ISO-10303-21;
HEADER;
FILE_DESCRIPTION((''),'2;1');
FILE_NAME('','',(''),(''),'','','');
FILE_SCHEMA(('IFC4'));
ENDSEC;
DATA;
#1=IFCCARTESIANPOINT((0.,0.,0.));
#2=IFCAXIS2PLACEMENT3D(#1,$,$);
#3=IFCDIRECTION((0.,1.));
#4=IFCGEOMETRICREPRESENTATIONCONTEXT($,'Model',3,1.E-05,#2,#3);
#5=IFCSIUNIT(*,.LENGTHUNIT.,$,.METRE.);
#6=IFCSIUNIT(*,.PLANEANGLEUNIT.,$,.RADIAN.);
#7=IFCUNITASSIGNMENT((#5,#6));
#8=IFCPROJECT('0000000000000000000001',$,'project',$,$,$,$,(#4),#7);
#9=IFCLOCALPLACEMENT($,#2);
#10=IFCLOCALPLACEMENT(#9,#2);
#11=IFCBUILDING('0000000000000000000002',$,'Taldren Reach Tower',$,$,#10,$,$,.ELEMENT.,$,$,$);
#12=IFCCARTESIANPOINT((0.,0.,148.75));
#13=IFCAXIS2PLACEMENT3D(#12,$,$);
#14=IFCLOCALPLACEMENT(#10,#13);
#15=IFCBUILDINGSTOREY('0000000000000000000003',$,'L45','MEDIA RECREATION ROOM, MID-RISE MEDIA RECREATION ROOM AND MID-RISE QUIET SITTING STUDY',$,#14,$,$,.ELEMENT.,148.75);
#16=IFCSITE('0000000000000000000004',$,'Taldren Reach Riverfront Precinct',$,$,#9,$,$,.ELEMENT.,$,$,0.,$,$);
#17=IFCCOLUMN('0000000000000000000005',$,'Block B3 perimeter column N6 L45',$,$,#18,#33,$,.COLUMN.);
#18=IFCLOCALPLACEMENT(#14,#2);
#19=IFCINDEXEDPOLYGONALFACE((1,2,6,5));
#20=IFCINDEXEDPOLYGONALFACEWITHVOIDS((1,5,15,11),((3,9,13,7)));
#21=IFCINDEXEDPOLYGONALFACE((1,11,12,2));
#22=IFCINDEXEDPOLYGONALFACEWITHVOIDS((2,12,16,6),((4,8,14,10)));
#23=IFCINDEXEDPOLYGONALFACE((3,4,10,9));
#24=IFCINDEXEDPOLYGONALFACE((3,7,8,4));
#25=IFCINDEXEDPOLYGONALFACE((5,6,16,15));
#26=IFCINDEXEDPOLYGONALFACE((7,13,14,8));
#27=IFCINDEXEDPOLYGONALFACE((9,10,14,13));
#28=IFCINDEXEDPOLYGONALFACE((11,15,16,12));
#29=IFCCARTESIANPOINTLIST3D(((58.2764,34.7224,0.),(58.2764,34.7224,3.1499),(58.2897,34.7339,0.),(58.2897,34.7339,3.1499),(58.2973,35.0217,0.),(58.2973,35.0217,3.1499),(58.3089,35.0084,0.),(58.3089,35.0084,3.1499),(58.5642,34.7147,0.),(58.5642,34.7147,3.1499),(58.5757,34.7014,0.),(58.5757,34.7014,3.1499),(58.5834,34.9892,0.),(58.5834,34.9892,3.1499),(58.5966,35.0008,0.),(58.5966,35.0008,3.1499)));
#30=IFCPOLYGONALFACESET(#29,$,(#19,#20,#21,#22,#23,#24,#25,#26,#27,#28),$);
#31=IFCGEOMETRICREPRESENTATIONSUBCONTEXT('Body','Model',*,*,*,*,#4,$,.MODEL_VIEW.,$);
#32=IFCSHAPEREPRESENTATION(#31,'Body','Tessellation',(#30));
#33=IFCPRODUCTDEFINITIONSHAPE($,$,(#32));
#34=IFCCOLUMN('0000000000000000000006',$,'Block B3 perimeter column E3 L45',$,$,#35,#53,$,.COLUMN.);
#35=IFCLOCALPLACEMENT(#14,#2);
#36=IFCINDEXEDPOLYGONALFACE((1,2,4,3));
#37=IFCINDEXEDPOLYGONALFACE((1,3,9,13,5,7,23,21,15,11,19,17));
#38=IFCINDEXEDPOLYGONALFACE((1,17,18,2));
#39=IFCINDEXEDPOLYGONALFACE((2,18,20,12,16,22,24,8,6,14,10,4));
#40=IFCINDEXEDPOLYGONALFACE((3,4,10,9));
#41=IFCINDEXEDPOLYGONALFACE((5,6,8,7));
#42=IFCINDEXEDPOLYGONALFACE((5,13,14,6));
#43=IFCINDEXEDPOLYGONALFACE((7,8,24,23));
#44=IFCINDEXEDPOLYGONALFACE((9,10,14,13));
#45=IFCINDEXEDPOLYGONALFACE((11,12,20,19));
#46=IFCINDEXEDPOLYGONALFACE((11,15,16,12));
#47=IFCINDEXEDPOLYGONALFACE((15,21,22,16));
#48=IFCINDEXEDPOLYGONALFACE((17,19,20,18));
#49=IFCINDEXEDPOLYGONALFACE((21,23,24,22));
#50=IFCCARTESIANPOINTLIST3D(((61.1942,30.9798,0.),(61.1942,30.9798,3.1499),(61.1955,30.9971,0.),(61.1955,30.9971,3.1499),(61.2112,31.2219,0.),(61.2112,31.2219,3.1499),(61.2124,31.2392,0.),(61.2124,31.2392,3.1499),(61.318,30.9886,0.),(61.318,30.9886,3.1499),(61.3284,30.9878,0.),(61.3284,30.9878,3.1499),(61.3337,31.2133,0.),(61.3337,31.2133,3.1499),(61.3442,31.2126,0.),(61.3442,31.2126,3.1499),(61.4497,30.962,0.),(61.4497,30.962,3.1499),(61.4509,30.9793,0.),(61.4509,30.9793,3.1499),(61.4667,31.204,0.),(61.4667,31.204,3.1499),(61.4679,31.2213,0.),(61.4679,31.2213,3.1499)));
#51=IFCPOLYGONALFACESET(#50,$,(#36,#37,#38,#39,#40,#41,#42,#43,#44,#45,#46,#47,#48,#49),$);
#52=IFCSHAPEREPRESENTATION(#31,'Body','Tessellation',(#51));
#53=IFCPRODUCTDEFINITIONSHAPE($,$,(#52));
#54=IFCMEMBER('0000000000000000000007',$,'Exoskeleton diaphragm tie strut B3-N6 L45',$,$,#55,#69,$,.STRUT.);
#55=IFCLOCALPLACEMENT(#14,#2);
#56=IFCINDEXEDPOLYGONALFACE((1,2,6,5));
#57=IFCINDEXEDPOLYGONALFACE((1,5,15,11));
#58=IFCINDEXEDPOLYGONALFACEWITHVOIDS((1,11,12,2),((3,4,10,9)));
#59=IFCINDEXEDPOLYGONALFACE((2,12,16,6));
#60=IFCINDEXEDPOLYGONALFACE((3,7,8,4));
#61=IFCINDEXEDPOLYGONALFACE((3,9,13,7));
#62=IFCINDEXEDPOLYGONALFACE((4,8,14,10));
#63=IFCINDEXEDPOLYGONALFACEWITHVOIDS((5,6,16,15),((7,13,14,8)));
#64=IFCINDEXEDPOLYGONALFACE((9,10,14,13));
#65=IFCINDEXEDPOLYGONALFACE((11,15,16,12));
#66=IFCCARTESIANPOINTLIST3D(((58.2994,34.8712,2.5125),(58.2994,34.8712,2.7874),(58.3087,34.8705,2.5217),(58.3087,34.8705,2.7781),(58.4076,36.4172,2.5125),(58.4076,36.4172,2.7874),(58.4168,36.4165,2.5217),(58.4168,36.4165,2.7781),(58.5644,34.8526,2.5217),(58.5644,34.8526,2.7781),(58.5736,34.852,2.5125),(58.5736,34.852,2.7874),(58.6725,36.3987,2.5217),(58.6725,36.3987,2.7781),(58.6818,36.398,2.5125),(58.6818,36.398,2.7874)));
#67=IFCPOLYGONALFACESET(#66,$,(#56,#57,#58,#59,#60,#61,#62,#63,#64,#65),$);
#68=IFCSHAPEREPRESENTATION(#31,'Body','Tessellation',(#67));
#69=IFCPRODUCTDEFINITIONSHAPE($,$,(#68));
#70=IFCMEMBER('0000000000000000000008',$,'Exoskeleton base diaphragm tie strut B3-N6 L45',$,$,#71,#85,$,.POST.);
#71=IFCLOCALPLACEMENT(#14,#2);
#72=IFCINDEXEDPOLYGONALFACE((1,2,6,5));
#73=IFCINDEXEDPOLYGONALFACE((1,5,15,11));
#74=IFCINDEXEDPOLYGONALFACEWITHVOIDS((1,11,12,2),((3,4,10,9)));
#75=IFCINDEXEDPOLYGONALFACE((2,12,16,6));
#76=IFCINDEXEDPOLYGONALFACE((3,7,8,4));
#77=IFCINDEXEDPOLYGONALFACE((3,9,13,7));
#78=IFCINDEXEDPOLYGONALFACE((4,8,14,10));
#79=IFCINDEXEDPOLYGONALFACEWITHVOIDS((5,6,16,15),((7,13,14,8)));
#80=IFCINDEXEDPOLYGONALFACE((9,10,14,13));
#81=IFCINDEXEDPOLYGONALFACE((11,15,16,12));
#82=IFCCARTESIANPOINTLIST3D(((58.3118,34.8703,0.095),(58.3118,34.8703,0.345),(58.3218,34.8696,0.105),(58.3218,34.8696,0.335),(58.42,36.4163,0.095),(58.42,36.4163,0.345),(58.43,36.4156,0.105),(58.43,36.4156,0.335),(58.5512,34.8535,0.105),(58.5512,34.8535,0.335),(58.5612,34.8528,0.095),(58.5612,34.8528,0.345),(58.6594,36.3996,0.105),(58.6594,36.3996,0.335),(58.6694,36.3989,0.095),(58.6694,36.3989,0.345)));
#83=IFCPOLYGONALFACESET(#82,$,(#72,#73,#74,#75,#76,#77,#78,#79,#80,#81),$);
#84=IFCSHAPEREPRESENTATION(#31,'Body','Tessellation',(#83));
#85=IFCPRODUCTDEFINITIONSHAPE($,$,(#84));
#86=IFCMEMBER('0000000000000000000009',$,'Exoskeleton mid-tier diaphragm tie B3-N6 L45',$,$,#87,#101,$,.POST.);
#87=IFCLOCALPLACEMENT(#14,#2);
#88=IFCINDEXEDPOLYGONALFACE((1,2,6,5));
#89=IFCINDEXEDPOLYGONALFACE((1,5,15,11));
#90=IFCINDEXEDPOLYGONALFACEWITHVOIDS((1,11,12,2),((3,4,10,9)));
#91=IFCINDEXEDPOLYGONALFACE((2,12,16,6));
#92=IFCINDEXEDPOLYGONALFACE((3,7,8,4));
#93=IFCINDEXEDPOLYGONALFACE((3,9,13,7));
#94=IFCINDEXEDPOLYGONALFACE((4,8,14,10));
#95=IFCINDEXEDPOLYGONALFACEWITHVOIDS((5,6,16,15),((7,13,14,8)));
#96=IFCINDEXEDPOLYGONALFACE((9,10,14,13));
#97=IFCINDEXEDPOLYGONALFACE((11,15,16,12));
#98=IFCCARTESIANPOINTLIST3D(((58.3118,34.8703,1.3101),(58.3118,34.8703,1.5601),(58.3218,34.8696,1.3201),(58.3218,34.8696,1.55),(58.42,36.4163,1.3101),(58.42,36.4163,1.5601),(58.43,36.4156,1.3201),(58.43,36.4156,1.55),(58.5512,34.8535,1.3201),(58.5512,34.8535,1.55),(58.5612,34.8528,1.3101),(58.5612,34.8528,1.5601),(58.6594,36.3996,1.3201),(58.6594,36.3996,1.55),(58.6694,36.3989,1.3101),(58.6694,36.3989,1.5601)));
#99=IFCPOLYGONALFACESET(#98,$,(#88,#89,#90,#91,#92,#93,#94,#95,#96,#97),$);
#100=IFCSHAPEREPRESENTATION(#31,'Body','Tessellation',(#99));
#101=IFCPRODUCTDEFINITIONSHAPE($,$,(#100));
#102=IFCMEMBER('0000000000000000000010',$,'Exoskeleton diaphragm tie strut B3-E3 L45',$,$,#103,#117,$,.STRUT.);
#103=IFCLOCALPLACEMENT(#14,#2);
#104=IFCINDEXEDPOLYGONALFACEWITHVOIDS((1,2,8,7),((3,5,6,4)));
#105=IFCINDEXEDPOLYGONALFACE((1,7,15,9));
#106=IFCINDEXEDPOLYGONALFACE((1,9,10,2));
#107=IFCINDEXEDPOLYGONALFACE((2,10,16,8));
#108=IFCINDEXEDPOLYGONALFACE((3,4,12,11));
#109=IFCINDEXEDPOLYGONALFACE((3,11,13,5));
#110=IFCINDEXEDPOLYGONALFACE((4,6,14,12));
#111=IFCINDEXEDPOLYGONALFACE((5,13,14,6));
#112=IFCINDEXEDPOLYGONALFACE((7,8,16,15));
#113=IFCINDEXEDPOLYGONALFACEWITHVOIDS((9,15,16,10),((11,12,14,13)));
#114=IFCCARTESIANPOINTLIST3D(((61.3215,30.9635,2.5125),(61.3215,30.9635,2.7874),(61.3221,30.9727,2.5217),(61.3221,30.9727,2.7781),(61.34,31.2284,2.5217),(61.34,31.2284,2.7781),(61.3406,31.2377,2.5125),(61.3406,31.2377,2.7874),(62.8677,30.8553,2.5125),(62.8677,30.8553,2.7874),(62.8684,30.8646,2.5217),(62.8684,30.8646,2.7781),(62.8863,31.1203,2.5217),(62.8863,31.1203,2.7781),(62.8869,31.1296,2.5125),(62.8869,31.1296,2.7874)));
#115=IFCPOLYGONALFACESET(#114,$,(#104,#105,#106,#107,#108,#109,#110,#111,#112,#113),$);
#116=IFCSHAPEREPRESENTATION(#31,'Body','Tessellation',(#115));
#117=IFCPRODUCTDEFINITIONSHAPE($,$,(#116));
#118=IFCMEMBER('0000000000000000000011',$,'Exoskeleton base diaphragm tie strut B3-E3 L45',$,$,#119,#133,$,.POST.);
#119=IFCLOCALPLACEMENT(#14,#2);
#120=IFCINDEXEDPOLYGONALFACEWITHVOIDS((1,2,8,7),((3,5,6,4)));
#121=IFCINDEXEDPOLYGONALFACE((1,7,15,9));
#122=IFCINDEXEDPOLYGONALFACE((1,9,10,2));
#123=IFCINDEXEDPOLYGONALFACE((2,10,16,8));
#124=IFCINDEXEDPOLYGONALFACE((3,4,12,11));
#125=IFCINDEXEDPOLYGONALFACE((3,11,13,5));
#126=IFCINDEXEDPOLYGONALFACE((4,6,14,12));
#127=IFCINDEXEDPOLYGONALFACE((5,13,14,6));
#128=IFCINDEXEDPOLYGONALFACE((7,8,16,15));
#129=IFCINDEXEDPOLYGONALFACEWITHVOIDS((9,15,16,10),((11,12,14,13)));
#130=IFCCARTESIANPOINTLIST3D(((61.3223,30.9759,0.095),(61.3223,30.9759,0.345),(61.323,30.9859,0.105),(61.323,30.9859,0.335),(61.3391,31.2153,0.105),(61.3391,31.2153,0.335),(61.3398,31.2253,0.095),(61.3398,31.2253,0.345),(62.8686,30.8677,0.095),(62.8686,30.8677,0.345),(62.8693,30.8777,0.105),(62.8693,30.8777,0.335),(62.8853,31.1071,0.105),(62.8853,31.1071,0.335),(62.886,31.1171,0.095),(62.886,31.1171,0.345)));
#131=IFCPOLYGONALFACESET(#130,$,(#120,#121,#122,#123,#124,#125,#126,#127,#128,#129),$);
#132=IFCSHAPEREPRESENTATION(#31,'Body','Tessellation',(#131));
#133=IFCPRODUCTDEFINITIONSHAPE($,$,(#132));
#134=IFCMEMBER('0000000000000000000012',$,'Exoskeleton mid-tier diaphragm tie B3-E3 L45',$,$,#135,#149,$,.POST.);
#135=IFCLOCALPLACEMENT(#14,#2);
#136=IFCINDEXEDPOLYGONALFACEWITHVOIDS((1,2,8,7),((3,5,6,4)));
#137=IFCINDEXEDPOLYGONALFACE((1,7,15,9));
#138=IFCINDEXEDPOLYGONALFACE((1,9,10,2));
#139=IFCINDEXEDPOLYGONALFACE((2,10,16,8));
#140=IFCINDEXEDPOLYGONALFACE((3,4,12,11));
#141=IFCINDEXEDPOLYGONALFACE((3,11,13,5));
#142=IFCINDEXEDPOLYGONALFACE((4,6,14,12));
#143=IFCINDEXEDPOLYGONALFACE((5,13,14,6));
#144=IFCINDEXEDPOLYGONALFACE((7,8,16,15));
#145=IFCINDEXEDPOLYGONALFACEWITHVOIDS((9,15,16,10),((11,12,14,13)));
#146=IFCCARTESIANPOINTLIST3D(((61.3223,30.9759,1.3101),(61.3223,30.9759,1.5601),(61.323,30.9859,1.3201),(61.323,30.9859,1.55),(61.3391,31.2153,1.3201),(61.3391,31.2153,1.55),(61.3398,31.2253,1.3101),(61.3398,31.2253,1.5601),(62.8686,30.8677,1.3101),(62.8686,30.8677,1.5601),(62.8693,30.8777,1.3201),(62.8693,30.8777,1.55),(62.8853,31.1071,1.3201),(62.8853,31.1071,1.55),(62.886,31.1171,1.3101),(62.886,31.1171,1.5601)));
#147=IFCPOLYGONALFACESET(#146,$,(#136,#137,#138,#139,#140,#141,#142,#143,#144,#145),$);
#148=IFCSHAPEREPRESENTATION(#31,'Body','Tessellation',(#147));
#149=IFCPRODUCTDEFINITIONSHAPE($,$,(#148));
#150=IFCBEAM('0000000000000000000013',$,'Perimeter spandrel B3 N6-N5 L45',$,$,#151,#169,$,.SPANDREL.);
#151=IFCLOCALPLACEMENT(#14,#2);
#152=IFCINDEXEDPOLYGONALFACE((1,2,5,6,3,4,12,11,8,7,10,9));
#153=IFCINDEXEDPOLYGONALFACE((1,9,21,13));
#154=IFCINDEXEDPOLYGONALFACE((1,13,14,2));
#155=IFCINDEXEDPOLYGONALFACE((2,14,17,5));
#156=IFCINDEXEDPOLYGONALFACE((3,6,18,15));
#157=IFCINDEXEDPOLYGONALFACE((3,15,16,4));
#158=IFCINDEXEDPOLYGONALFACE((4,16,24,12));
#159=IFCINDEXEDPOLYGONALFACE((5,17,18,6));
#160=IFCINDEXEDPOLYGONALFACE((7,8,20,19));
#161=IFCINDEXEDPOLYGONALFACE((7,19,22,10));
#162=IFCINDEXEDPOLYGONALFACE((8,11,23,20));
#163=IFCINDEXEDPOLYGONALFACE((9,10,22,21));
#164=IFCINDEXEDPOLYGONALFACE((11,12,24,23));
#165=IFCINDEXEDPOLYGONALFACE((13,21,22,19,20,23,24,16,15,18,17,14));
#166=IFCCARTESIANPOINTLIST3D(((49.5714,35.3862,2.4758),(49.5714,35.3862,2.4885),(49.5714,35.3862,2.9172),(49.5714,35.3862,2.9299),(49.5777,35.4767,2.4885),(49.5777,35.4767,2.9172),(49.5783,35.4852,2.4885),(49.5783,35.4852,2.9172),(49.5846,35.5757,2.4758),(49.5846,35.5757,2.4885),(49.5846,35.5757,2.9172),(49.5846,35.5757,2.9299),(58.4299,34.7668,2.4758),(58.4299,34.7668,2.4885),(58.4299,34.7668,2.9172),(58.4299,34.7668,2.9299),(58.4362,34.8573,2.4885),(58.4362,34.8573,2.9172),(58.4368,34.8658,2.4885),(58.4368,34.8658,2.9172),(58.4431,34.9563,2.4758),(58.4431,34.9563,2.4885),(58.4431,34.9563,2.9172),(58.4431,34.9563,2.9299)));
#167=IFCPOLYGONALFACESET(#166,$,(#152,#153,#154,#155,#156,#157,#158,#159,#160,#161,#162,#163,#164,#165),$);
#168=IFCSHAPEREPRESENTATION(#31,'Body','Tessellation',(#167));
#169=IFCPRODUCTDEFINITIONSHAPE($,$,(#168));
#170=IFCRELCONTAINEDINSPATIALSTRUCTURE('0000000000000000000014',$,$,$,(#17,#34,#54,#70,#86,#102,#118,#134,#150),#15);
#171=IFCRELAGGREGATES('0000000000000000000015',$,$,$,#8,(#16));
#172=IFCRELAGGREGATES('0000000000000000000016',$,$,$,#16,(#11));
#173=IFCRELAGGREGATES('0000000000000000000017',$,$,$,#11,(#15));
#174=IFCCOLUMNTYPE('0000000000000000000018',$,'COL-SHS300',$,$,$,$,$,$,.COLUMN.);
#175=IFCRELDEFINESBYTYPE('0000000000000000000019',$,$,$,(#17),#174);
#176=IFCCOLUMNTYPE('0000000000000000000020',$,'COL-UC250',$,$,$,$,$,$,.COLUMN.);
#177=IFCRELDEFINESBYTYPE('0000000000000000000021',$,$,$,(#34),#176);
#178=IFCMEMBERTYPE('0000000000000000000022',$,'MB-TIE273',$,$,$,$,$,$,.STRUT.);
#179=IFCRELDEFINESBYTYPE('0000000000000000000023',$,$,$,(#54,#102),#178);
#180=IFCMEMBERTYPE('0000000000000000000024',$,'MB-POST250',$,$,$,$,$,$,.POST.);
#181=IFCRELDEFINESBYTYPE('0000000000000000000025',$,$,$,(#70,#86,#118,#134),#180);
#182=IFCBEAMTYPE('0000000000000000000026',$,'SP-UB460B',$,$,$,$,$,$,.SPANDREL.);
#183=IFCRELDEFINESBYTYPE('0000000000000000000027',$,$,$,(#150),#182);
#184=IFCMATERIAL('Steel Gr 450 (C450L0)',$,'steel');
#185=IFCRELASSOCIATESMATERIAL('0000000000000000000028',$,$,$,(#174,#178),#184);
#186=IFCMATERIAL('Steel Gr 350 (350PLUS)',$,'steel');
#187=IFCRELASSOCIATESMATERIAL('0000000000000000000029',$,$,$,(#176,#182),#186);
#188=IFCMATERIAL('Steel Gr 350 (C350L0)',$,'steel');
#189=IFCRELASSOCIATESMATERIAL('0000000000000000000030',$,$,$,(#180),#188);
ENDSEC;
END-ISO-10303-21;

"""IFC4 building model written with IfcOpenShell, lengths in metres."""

from ifc_helpers import new_model, si_unit, direction, frame, origin, origin_2d, place, context, subcontext, project, spatial, hollow_rectangle, i_section, extrude, source, transform, mapped, material, material_profile, profile_set, type_object, element, save


model = new_model("IFC4")

# Units and contexts
model_context = context("Model", 3, precision=1e-05, world=origin(), true_north=direction((0.0, 1.0)))
body_context = subcontext(model_context, "Body", "Model", "MODEL_VIEW")
ifc_project = project(units=[si_unit("LENGTHUNIT", "METRE"), si_unit("PLANEANGLEUNIT", "RADIAN")], contexts=[model_context])

# Site, building, storey
site_placement = place(None, origin())
site = spatial("IfcSite", under=ifc_project, at=site_placement, Name="Taldren Reach Riverfront Precinct", CompositionType="ELEMENT", RefElevation=0.0)
building_placement = place(site_placement, origin())
building = spatial("IfcBuilding", under=site, at=building_placement, Name="Taldren Reach Tower", CompositionType="ELEMENT")
storey_placement = place(building_placement, frame((0.0, 0.0, 148.75)))
storey = spatial("IfcBuildingStorey", under=building, at=storey_placement, Name="L45", Description="MEDIA RECREATION ROOM, MID-RISE MEDIA RECREATION ROOM AND MID-RISE QUIET SITTING STUDY", CompositionType="ELEMENT", Elevation=148.75)

# Columns
ifc_material_1 = material(Name="Steel Gr 450 (C450L0)", Category="steel")
ifc_material_profile_1 = material_profile(ifc_material_1, hollow_rectangle(XDim=0.3, YDim=0.3, WallThickness=0.0125, at=origin_2d()), Name="300x300x12.5SHS")
ifc_profile_set_1 = profile_set([ifc_material_profile_1], Name="Steel Gr 450 (C450L0)")
column_type_1 = type_object("IfcColumnType", Name="COL-SHS300", PredefinedType="COLUMN", material=ifc_profile_set_1)
shared_shape_1 = source(origin(), body_context, "Body", "SweptSolid", [
    extrude(hollow_rectangle(XDim=0.3, YDim=0.3, WallThickness=0.0125, at=origin_2d()), origin(), (0.0, 0.0, 1.0), 3.1499),
])
column_1_placement = place(storey_placement, frame((58.4365, 34.8616, 0.0), z_axis=(0.0, 0.0, 1.0), x_axis=(0.997564, -0.069756, 0.0)))
element("IfcColumn", 1, at=column_1_placement, inside=storey, type_object=column_type_1, Name="Block B3 perimeter column N6 L45", PredefinedType="COLUMN", context=body_context, shape_type="MappedRepresentation", body=[
    mapped(shared_shape_1, transform((0.0, 0.0, 0.0), scale=1.0)),
])
ifc_material_2 = material(Name="Steel Gr 350 (350PLUS)", Category="steel")
ifc_material_profile_2 = material_profile(ifc_material_2, i_section(OverallWidth=0.2561, OverallDepth=0.26, WebThickness=0.0105, FlangeThickness=0.0173, at=origin_2d()), Name="250UC89.5")
ifc_profile_set_2 = profile_set([ifc_material_profile_2], Name="Steel Gr 350 (350PLUS)")
column_type_2 = type_object("IfcColumnType", Name="COL-UC250", PredefinedType="COLUMN", material=ifc_profile_set_2)
shared_shape_2 = source(origin(), body_context, "Body", "SweptSolid", [
    extrude(i_section(OverallWidth=0.2561, OverallDepth=0.26, WebThickness=0.0105, FlangeThickness=0.0173, at=origin_2d()), origin(), (0.0, 0.0, 1.0), 3.1499),
])
column_2_placement = place(storey_placement, frame((61.3311, 31.1006, 0.0), z_axis=(0.0, 0.0, 1.0), x_axis=(0.997564, -0.069756, 0.0)))
element("IfcColumn", 2, at=column_2_placement, inside=storey, type_object=column_type_2, Name="Block B3 perimeter column E3 L45", PredefinedType="COLUMN", context=body_context, shape_type="MappedRepresentation", body=[
    mapped(shared_shape_2, transform((0.0, 0.0, 0.0), scale=1.0)),
])

# Members
ifc_material_profile_3 = material_profile(ifc_material_1, hollow_rectangle(XDim=0.2749, YDim=0.2749, WallThickness=0.0093, at=origin_2d()), Name="275x275x9.3SHS")
ifc_profile_set_3 = profile_set([ifc_material_profile_3], Name="Steel Gr 450 (C450L0)")
member_type_1 = type_object("IfcMemberType", Name="MB-TIE273", PredefinedType="STRUT", material=ifc_profile_set_3)
shared_shape_3 = source(origin(), body_context, "Body", "SweptSolid", [
    extrude(hollow_rectangle(XDim=0.2749, YDim=0.2749, WallThickness=0.0093, at=origin_2d()), origin(), (0.0, 0.0, 1.0), 1.5498),
])
member_1_placement = place(storey_placement, frame((58.4365, 34.8616, 2.6499), z_axis=(0.069781, 0.997562, 0.0), x_axis=(-0.997562, 0.069781, 0.0)))
element("IfcMember", 3, at=member_1_placement, inside=storey, type_object=member_type_1, Name="Exoskeleton diaphragm tie strut B3-N6 L45", PredefinedType="STRUT", context=body_context, shape_type="MappedRepresentation", body=[
    mapped(shared_shape_3, transform((0.0, 0.0, 0.0), scale=1.0)),
])
ifc_material_3 = material(Name="Steel Gr 350 (C350L0)", Category="steel")
ifc_material_profile_4 = material_profile(ifc_material_3, hollow_rectangle(XDim=0.25, YDim=0.25, WallThickness=0.01, at=origin_2d()), Name="250x250x10.0SHS")
ifc_profile_set_4 = profile_set([ifc_material_profile_4], Name="Steel Gr 350 (C350L0)")
member_type_2 = type_object("IfcMemberType", Name="MB-POST250", PredefinedType="POST", material=ifc_profile_set_4)
shared_shape_4 = source(origin(), body_context, "Body", "SweptSolid", [
    extrude(hollow_rectangle(XDim=0.25, YDim=0.25, WallThickness=0.01, at=origin_2d()), origin(), (0.0, 0.0, 1.0), 1.5498),
])
for number, where, z_axis, x_axis, name in (
    (4, (58.4365, 34.8616, 0.22), (0.069781, 0.997562, 0.0), (-0.997562, 0.069781, 0.0), "Exoskeleton base diaphragm tie strut B3-N6 L45"),
    (5, (58.4365, 34.8616, 1.4351), (0.069781, 0.997562, 0.0), (-0.997562, 0.069781, 0.0), "Exoskeleton mid-tier diaphragm tie B3-N6 L45"),
):
    element("IfcMember", number, at=place(storey_placement, frame(where, z_axis=z_axis, x_axis=x_axis)), inside=storey, type_object=member_type_2, Name=name, PredefinedType="POST", context=body_context, shape_type="MappedRepresentation", body=[
        mapped(shared_shape_4, transform((0.0, 0.0, 0.0), scale=1.0)),
    ])
shared_shape_5 = source(origin(), body_context, "Body", "SweptSolid", [
    extrude(hollow_rectangle(XDim=0.2749, YDim=0.2749, WallThickness=0.0093, at=origin_2d()), origin(), (0.0, 0.0, 1.0), 1.55),
])
member_2_placement = place(storey_placement, frame((61.3311, 31.1006, 2.6499), z_axis=(0.997563, -0.06977, 0.0), x_axis=(0.06977, 0.997563, 0.0)))
element("IfcMember", 6, at=member_2_placement, inside=storey, type_object=member_type_1, Name="Exoskeleton diaphragm tie strut B3-E3 L45", PredefinedType="STRUT", context=body_context, shape_type="MappedRepresentation", body=[
    mapped(shared_shape_5, transform((0.0, 0.0, 0.0), scale=1.0)),
])
shared_shape_6 = source(origin(), body_context, "Body", "SweptSolid", [
    extrude(hollow_rectangle(XDim=0.25, YDim=0.25, WallThickness=0.01, at=origin_2d()), origin(), (0.0, 0.0, 1.0), 1.55),
])
for number, where, z_axis, x_axis, name in (
    (7, (61.3311, 31.1006, 0.22), (0.997563, -0.06977, 0.0), (0.06977, 0.997563, 0.0), "Exoskeleton base diaphragm tie strut B3-E3 L45"),
    (8, (61.3311, 31.1006, 1.4351), (0.997563, -0.06977, 0.0), (0.06977, 0.997563, 0.0), "Exoskeleton mid-tier diaphragm tie B3-E3 L45"),
):
    element("IfcMember", number, at=place(storey_placement, frame(where, z_axis=z_axis, x_axis=x_axis)), inside=storey, type_object=member_type_2, Name=name, PredefinedType="POST", context=body_context, shape_type="MappedRepresentation", body=[
        mapped(shared_shape_6, transform((0.0, 0.0, 0.0), scale=1.0)),
    ])

# Beam
ifc_material_profile_5 = material_profile(ifc_material_2, i_section(OverallWidth=0.1899, OverallDepth=0.4541, WebThickness=0.0085, FlangeThickness=0.0127, at=origin_2d()), Name="460UB67.1")
ifc_profile_set_5 = profile_set([ifc_material_profile_5], Name="Steel Gr 350 (350PLUS)")
beam_type = type_object("IfcBeamType", Name="SP-UB460B", PredefinedType="SPANDREL", material=ifc_profile_set_5)
shared_shape_7 = source(origin(), body_context, "Body", "SweptSolid", [
    extrude(i_section(OverallWidth=0.1899, OverallDepth=0.4541, WebThickness=0.0085, FlangeThickness=0.0127, at=origin_2d()), origin(), (0.0, 0.0, 1.0), 8.8801),
])
beam_1_placement = place(storey_placement, frame((58.4365, 34.8616, 2.7029), z_axis=(-0.997564, 0.06975, 0.0), x_axis=(-0.06975, -0.997564, 0.0)))
element("IfcBeam", 9, at=beam_1_placement, inside=storey, type_object=beam_type, Name="Perimeter spandrel B3 N6-N5 L45", PredefinedType="SPANDREL", context=body_context, shape_type="MappedRepresentation", body=[
    mapped(shared_shape_7, transform((0.0, 0.0, 0.0), scale=1.0)),
])

save(model, "model.ifc")
